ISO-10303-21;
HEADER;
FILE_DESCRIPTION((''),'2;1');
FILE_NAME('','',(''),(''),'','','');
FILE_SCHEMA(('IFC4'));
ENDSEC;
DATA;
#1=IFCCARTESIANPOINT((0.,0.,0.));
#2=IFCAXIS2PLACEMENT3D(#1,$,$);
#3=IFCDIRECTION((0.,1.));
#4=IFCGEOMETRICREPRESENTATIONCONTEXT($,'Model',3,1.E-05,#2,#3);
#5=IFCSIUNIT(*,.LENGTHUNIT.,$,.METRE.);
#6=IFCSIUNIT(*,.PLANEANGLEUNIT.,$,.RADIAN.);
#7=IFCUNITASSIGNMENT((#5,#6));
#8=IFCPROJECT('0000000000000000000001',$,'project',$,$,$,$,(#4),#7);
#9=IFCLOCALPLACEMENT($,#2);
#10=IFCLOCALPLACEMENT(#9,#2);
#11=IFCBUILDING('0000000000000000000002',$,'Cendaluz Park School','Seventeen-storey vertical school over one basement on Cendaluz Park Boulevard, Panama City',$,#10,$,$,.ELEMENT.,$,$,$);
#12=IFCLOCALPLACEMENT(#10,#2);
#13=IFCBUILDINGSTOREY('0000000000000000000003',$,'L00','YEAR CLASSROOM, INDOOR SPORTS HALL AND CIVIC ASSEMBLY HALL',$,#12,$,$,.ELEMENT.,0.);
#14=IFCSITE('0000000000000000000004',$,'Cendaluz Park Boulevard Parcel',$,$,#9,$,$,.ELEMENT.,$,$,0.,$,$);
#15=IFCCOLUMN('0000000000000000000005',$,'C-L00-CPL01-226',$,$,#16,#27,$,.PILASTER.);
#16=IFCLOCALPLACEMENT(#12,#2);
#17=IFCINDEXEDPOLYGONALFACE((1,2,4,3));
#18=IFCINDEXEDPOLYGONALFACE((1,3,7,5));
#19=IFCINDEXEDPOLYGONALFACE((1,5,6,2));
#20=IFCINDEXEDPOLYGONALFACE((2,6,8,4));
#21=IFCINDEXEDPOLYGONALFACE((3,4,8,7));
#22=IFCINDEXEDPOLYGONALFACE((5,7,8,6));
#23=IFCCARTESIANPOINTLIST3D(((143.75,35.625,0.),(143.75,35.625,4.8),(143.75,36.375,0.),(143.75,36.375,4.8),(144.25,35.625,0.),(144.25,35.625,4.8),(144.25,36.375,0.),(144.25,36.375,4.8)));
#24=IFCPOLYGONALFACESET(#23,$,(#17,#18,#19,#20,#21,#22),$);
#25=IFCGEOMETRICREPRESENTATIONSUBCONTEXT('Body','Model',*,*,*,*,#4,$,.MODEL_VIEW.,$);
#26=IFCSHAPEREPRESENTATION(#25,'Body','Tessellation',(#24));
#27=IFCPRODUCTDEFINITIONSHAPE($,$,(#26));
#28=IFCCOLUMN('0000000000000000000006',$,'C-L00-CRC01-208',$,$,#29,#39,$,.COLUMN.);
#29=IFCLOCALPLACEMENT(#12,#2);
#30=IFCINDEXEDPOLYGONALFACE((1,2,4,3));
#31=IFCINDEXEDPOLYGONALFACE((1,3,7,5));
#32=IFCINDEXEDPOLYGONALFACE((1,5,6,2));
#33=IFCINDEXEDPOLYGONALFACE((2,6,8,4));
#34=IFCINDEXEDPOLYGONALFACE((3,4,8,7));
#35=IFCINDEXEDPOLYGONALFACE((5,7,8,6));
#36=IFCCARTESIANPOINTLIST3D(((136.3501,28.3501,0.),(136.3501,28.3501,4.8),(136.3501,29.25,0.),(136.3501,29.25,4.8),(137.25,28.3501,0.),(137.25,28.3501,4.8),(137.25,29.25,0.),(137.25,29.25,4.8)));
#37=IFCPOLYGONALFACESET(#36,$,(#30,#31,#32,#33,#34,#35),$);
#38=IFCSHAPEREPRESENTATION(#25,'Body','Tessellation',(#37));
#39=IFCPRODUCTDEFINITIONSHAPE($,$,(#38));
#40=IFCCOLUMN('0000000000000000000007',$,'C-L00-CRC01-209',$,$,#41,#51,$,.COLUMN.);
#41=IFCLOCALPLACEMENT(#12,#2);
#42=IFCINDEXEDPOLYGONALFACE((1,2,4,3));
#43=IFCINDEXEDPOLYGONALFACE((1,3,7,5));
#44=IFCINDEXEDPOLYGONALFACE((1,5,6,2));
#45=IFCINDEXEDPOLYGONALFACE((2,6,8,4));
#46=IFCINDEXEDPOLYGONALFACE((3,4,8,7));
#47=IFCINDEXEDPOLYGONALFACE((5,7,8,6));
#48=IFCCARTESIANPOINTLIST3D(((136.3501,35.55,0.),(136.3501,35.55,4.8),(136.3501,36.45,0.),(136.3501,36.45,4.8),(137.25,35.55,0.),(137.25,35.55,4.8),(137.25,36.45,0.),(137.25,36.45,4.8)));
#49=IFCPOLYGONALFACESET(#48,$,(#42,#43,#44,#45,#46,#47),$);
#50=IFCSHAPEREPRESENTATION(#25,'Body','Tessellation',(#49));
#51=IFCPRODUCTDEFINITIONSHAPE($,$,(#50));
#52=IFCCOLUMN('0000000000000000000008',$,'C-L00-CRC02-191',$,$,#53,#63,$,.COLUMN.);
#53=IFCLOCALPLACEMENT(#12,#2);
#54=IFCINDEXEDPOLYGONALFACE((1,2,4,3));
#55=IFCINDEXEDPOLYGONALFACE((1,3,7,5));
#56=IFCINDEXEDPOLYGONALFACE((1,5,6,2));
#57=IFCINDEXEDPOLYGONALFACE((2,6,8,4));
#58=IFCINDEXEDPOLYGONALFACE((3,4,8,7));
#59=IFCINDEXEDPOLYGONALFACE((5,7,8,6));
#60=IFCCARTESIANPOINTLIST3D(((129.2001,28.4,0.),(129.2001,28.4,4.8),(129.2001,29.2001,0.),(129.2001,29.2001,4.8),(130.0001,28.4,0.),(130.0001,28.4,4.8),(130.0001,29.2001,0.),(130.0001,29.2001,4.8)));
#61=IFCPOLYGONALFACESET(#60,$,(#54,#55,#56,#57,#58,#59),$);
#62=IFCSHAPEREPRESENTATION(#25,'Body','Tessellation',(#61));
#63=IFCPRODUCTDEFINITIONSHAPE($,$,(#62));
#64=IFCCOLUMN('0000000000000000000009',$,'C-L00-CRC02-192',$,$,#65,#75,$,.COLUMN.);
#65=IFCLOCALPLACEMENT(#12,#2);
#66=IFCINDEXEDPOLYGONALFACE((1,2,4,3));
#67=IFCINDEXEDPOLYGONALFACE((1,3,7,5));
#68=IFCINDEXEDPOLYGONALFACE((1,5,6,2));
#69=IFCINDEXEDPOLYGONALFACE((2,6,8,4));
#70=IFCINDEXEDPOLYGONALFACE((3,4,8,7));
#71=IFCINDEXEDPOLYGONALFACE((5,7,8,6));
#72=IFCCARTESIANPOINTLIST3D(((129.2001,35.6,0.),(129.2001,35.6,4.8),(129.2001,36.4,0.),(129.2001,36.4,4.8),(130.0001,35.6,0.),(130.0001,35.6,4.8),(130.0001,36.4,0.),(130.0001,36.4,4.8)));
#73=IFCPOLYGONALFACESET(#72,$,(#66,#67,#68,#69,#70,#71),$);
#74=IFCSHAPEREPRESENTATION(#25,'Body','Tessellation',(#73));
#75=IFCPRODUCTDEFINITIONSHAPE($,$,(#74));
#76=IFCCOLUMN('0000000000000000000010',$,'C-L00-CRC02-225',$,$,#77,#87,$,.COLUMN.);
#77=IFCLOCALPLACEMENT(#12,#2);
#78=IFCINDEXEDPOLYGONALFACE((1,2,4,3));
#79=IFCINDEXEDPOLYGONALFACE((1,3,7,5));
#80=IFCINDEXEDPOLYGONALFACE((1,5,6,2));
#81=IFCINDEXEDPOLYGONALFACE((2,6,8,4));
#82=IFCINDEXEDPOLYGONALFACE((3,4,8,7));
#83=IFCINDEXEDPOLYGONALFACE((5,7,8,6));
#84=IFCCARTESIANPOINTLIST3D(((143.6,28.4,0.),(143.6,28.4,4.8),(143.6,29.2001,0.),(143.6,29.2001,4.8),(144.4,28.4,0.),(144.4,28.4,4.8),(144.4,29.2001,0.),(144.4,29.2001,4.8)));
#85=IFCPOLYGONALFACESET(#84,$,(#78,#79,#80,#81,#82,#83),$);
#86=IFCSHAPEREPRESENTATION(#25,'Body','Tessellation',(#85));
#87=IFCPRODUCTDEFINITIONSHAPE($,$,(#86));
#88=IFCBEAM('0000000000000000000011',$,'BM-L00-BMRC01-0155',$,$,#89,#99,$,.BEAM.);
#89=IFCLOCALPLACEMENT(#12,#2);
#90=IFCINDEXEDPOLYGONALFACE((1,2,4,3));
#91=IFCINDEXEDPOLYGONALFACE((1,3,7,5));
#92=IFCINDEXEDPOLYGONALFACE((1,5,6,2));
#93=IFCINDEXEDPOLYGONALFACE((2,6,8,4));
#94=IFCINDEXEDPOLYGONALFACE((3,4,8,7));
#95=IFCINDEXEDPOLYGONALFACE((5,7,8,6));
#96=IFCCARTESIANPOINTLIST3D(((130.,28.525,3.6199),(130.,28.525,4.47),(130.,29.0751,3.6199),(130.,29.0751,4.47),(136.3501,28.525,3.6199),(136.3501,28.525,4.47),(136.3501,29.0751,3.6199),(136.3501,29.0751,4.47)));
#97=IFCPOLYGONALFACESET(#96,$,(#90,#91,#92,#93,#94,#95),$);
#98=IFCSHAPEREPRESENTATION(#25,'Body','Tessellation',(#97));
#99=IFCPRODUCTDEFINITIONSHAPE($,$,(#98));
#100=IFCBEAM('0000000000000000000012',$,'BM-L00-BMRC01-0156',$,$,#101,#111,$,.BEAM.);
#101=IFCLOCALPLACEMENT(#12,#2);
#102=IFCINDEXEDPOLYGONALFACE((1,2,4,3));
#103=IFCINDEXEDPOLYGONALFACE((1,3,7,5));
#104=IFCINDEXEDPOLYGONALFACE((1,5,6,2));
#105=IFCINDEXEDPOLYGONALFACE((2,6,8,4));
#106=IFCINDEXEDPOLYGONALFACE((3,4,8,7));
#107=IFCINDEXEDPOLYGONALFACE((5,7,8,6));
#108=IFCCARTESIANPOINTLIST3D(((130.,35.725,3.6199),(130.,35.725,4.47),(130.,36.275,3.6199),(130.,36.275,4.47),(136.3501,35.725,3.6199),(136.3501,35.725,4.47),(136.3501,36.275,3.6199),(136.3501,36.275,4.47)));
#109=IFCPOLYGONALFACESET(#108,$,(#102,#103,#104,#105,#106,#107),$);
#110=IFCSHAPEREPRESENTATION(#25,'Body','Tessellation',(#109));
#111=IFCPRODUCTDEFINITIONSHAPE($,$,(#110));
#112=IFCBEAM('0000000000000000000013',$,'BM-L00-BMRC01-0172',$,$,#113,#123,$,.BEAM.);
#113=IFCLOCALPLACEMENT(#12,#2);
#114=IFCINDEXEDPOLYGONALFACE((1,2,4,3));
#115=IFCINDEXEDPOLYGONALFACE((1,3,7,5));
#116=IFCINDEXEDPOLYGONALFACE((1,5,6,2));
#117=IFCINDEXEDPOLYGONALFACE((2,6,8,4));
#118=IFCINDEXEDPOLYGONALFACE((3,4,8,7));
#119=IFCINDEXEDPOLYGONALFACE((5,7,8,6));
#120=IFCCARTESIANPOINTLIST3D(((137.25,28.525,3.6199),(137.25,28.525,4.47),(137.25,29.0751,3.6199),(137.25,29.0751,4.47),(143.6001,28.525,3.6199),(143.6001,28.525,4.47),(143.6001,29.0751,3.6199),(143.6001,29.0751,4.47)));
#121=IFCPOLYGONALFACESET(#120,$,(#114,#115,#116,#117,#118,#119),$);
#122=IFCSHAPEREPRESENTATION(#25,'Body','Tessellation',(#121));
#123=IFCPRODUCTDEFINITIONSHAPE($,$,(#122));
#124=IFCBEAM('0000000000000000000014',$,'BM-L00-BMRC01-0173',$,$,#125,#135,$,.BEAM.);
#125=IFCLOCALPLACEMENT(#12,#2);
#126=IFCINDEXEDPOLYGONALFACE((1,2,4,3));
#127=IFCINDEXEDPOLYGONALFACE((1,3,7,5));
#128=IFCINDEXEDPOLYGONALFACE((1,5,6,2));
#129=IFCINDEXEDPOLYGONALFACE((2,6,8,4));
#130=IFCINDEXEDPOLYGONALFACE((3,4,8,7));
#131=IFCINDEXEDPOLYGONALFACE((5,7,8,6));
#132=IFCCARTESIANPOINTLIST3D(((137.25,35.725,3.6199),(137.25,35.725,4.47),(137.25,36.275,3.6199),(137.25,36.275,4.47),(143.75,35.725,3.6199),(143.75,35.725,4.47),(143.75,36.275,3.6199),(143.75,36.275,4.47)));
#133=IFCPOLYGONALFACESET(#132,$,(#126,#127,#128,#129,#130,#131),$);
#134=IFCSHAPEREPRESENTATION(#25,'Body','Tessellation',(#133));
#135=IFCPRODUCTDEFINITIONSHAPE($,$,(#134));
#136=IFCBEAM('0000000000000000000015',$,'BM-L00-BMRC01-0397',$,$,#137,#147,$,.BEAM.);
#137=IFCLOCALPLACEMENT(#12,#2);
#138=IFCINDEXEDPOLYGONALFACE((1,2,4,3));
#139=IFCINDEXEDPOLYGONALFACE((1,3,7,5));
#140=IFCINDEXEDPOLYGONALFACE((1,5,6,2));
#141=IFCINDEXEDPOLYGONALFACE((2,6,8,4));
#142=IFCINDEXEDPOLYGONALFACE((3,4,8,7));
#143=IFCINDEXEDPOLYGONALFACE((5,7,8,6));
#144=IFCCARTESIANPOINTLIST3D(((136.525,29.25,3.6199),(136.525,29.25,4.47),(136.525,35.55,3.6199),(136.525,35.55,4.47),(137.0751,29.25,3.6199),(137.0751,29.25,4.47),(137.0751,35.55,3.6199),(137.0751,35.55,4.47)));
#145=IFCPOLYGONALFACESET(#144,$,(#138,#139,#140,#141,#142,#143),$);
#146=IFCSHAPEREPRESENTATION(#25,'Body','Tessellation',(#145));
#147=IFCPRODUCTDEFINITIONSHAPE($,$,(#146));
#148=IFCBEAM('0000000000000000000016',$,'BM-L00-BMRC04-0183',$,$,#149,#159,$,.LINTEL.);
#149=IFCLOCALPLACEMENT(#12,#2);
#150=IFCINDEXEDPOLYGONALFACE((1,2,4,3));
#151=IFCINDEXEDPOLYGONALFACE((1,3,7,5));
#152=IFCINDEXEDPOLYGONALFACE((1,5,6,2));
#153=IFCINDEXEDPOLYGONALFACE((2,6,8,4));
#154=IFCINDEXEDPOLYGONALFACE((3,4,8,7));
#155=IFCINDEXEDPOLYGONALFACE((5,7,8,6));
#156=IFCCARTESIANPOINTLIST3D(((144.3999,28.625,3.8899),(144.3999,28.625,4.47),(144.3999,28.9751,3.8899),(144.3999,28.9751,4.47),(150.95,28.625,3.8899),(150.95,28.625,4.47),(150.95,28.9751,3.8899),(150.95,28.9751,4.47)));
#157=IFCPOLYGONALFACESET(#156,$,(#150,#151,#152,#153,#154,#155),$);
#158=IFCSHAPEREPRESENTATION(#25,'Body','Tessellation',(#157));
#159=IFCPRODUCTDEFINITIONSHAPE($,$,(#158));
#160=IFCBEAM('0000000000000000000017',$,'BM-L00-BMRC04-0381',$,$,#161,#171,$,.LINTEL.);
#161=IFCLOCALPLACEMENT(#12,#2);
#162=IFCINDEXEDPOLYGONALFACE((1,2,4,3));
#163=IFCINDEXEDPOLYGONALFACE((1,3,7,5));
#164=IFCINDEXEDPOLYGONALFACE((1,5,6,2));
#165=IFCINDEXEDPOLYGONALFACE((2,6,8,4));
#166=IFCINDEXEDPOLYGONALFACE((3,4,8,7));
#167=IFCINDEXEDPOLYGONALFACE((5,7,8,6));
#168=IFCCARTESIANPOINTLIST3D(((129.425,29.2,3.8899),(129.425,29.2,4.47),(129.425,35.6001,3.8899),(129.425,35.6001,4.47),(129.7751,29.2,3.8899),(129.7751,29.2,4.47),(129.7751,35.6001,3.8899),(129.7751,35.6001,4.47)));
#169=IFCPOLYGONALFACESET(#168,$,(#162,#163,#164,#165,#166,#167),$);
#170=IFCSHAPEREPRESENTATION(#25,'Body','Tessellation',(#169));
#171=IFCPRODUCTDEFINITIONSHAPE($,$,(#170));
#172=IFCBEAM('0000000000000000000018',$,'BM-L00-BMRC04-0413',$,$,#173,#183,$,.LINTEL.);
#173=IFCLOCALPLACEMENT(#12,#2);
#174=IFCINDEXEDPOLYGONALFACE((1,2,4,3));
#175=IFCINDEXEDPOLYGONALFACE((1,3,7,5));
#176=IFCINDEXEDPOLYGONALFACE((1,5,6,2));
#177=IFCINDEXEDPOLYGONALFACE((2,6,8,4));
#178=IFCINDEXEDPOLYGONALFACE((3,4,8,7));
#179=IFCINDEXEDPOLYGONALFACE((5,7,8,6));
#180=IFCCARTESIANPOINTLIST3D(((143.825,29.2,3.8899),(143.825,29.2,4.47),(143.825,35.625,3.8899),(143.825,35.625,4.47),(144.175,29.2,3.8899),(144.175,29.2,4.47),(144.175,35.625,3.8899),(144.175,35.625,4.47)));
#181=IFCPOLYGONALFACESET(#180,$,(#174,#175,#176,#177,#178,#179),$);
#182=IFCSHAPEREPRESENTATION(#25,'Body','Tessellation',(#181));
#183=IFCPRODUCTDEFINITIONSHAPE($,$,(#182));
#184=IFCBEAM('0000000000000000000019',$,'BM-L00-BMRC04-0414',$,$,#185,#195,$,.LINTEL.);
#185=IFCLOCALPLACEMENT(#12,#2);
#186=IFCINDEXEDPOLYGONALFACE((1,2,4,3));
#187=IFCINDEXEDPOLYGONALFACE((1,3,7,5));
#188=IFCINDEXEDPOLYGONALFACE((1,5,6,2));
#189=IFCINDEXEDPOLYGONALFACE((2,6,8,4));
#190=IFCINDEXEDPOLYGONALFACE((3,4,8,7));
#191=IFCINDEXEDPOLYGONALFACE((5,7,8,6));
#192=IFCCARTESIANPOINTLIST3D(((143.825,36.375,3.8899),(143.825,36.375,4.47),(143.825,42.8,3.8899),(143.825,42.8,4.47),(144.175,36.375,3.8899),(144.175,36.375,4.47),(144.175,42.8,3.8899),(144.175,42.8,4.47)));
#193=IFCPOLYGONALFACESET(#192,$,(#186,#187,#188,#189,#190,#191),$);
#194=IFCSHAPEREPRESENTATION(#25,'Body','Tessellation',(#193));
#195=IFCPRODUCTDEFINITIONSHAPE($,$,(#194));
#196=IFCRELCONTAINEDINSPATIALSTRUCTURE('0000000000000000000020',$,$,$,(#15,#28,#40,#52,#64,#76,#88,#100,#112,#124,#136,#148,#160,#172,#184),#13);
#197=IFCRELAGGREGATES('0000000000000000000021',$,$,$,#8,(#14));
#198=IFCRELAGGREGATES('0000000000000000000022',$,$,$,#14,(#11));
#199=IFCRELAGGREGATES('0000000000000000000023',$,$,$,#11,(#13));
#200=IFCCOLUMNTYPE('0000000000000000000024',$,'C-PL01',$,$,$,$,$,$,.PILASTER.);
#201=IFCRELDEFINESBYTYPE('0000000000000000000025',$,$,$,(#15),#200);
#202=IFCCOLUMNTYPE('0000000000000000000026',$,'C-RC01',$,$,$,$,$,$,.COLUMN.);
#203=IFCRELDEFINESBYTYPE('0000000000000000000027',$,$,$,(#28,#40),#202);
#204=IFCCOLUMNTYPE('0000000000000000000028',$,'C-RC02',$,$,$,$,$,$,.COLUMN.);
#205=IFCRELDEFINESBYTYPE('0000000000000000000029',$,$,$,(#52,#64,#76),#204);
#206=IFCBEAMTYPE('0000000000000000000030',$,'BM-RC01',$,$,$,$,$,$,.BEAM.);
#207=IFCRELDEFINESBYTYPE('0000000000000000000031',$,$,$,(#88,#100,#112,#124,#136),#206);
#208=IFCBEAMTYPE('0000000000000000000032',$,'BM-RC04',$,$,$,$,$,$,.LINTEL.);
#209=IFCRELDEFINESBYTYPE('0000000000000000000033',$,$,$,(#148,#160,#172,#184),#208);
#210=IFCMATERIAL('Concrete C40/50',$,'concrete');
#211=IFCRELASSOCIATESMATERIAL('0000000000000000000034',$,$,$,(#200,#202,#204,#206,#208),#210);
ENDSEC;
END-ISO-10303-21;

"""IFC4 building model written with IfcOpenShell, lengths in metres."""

from ifc_helpers import new_model, si_unit, direction, frame, origin, origin_2d, place, context, subcontext, project, spatial, rectangle, extrude, material, material_profile, profile_set, type_object, element, save


model = new_model("IFC4")

# Units and contexts
model_context = context("Model", 3, precision=1e-05, world=origin(), true_north=direction((0.0, 1.0)))
body_context = subcontext(model_context, "Body", "Model", "MODEL_VIEW")
ifc_project = project(units=[si_unit("LENGTHUNIT", "METRE"), si_unit("PLANEANGLEUNIT", "RADIAN")], contexts=[model_context])

# Site, building, storey
site_placement = place(None, origin())
site = spatial("IfcSite", under=ifc_project, at=site_placement, Name="Cendaluz Park Boulevard Parcel", CompositionType="ELEMENT", RefElevation=0.0)
building_placement = place(site_placement, origin())
building = spatial("IfcBuilding", under=site, at=building_placement, Name="Cendaluz Park School", Description="Seventeen-storey vertical school over one basement on Cendaluz Park Boulevard, Panama City", CompositionType="ELEMENT")
storey_placement = place(building_placement, origin())
storey = spatial("IfcBuildingStorey", under=building, at=storey_placement, Name="L00", Description="YEAR CLASSROOM, INDOOR SPORTS HALL AND CIVIC ASSEMBLY HALL", CompositionType="ELEMENT", Elevation=0.0)

# Columns
ifc_material_1 = material(Name="Concrete C40/50", Category="concrete")
ifc_material_profile_1 = material_profile(ifc_material_1, rectangle(XDim=0.5, YDim=0.75, at=origin_2d()), Name="RC 500x750", Category="concrete")
ifc_profile_set_1 = profile_set([ifc_material_profile_1], Name="Concrete C40/50")
column_type_1 = type_object("IfcColumnType", Name="C-PL01", PredefinedType="PILASTER", material=ifc_profile_set_1)
column_placement = place(storey_placement, frame((144.0, 36.0, 0.0), z_axis=(0.0, 0.0, 1.0), x_axis=(1.0, 0.0, 0.0)))
element("IfcColumn", 1, at=column_placement, inside=storey, type_object=column_type_1, Name="C-L00-CPL01-226", PredefinedType="PILASTER", context=body_context, shape_type="SweptSolid", body=[
    extrude(rectangle(XDim=0.5, YDim=0.75, at=origin_2d()), origin(), (0.0, 0.0, 1.0), 4.8),
])
ifc_material_profile_2 = material_profile(ifc_material_1, rectangle(XDim=0.8999, YDim=0.8999, at=origin_2d()), Name="RC 900x900", Category="concrete")
ifc_profile_set_2 = profile_set([ifc_material_profile_2], Name="Concrete C40/50")
column_type_2 = type_object("IfcColumnType", Name="C-RC01", PredefinedType="COLUMN", material=ifc_profile_set_2)
for number, where, z_axis, x_axis, name in (
    (2, (136.8, 28.8, 0.0), (0.0, 0.0, 1.0), (1.0, 0.0, 0.0), "C-L00-CRC01-208"),
    (3, (136.8, 36.0, 0.0), (0.0, 0.0, 1.0), (1.0, 0.0, 0.0), "C-L00-CRC01-209"),
):
    element("IfcColumn", number, at=place(storey_placement, frame(where, z_axis=z_axis, x_axis=x_axis)), inside=storey, type_object=column_type_2, Name=name, PredefinedType="COLUMN", context=body_context, shape_type="SweptSolid", body=[
        extrude(rectangle(XDim=0.8999, YDim=0.8999, at=origin_2d()), origin(), (0.0, 0.0, 1.0), 4.8),
    ])
ifc_material_profile_3 = material_profile(ifc_material_1, rectangle(XDim=0.8, YDim=0.8, at=origin_2d()), Name="RC 800x800", Category="concrete")
ifc_profile_set_3 = profile_set([ifc_material_profile_3], Name="Concrete C40/50")
column_type_3 = type_object("IfcColumnType", Name="C-RC02", PredefinedType="COLUMN", material=ifc_profile_set_3)
for number, where, z_axis, x_axis, name in (
    (4, (129.6001, 28.8, 0.0), (0.0, 0.0, 1.0), (1.0, 0.0, 0.0), "C-L00-CRC02-191"),
    (5, (129.6001, 36.0, 0.0), (0.0, 0.0, 1.0), (1.0, 0.0, 0.0), "C-L00-CRC02-192"),
    (6, (144.0, 28.8, 0.0), (0.0, 0.0, 1.0), (1.0, 0.0, 0.0), "C-L00-CRC02-225"),
):
    element("IfcColumn", number, at=place(storey_placement, frame(where, z_axis=z_axis, x_axis=x_axis)), inside=storey, type_object=column_type_3, Name=name, PredefinedType="COLUMN", context=body_context, shape_type="SweptSolid", body=[
        extrude(rectangle(XDim=0.8, YDim=0.8, at=origin_2d()), origin(), (0.0, 0.0, 1.0), 4.8),
    ])

# Beams
ifc_material_profile_4 = material_profile(ifc_material_1, rectangle(XDim=0.55, YDim=0.8501, at=origin_2d()), Name="RC 550x850", Category="concrete")
ifc_profile_set_4 = profile_set([ifc_material_profile_4], Name="Concrete C40/50")
beam_type_1 = type_object("IfcBeamType", Name="BM-RC01", PredefinedType="BEAM", material=ifc_profile_set_4)
for number, where, z_axis, x_axis, name in (
    (7, (130.0, 28.8, 4.0449), (1.0, 0.0, 0.0), (0.0, 1.0, 0.0), "BM-L00-BMRC01-0155"),
    (8, (130.0, 36.0, 4.0449), (1.0, 0.0, 0.0), (0.0, 1.0, 0.0), "BM-L00-BMRC01-0156"),
    (9, (137.25, 28.8, 4.0449), (1.0, 0.0, 0.0), (0.0, 1.0, 0.0), "BM-L00-BMRC01-0172"),
):
    element("IfcBeam", number, at=place(storey_placement, frame(where, z_axis=z_axis, x_axis=x_axis)), inside=storey, type_object=beam_type_1, Name=name, PredefinedType="BEAM", context=body_context, shape_type="SweptSolid", body=[
        extrude(rectangle(XDim=0.55, YDim=0.8501, at=origin_2d()), origin(), (0.0, 0.0, 1.0), 6.3501),
    ])
beam_1_placement = place(storey_placement, frame((137.25, 36.0, 4.0449), z_axis=(1.0, 0.0, 0.0), x_axis=(0.0, 1.0, 0.0)))
element("IfcBeam", 10, at=beam_1_placement, inside=storey, type_object=beam_type_1, Name="BM-L00-BMRC01-0173", PredefinedType="BEAM", context=body_context, shape_type="SweptSolid", body=[
    extrude(rectangle(XDim=0.55, YDim=0.8501, at=origin_2d()), origin(), (0.0, 0.0, 1.0), 6.5),
])
beam_2_placement = place(storey_placement, frame((136.8, 29.25, 4.0449), z_axis=(0.0, 1.0, 0.0), x_axis=(-1.0, 0.0, 0.0)))
element("IfcBeam", 11, at=beam_2_placement, inside=storey, type_object=beam_type_1, Name="BM-L00-BMRC01-0397", PredefinedType="BEAM", context=body_context, shape_type="SweptSolid", body=[
    extrude(rectangle(XDim=0.55, YDim=0.8501, at=origin_2d()), origin(), (0.0, 0.0, 1.0), 6.3),
])
ifc_material_profile_5 = material_profile(ifc_material_1, rectangle(XDim=0.3501, YDim=0.5801, at=origin_2d()), Name="RC 350x580", Category="concrete")
ifc_profile_set_5 = profile_set([ifc_material_profile_5], Name="Concrete C40/50")
beam_type_2 = type_object("IfcBeamType", Name="BM-RC04", PredefinedType="LINTEL", material=ifc_profile_set_5)
beam_3_placement = place(storey_placement, frame((144.3999, 28.8, 4.1799), z_axis=(1.0, 0.0, 0.0), x_axis=(0.0, 1.0, 0.0)))
element("IfcBeam", 12, at=beam_3_placement, inside=storey, type_object=beam_type_2, Name="BM-L00-BMRC04-0183", PredefinedType="LINTEL", context=body_context, shape_type="SweptSolid", body=[
    extrude(rectangle(XDim=0.3501, YDim=0.5801, at=origin_2d()), origin(), (0.0, 0.0, 1.0), 6.55),
])
beam_4_placement = place(storey_placement, frame((129.6001, 29.2, 4.1799), z_axis=(0.0, 1.0, 0.0), x_axis=(-1.0, 0.0, 0.0)))
element("IfcBeam", 13, at=beam_4_placement, inside=storey, type_object=beam_type_2, Name="BM-L00-BMRC04-0381", PredefinedType="LINTEL", context=body_context, shape_type="SweptSolid", body=[
    extrude(rectangle(XDim=0.3501, YDim=0.5801, at=origin_2d()), origin(), (0.0, 0.0, 1.0), 6.4001),
])
for number, where, z_axis, x_axis, name in (
    (14, (144.0, 29.2, 4.1799), (0.0, 1.0, 0.0), (-1.0, 0.0, 0.0), "BM-L00-BMRC04-0413"),
    (15, (144.0, 36.375, 4.1799), (0.0, 1.0, 0.0), (-1.0, 0.0, 0.0), "BM-L00-BMRC04-0414"),
):
    element("IfcBeam", number, at=place(storey_placement, frame(where, z_axis=z_axis, x_axis=x_axis)), inside=storey, type_object=beam_type_2, Name=name, PredefinedType="LINTEL", context=body_context, shape_type="SweptSolid", body=[
        extrude(rectangle(XDim=0.3501, YDim=0.5801, at=origin_2d()), origin(), (0.0, 0.0, 1.0), 6.425),
    ])

save(model, "model.ifc")
